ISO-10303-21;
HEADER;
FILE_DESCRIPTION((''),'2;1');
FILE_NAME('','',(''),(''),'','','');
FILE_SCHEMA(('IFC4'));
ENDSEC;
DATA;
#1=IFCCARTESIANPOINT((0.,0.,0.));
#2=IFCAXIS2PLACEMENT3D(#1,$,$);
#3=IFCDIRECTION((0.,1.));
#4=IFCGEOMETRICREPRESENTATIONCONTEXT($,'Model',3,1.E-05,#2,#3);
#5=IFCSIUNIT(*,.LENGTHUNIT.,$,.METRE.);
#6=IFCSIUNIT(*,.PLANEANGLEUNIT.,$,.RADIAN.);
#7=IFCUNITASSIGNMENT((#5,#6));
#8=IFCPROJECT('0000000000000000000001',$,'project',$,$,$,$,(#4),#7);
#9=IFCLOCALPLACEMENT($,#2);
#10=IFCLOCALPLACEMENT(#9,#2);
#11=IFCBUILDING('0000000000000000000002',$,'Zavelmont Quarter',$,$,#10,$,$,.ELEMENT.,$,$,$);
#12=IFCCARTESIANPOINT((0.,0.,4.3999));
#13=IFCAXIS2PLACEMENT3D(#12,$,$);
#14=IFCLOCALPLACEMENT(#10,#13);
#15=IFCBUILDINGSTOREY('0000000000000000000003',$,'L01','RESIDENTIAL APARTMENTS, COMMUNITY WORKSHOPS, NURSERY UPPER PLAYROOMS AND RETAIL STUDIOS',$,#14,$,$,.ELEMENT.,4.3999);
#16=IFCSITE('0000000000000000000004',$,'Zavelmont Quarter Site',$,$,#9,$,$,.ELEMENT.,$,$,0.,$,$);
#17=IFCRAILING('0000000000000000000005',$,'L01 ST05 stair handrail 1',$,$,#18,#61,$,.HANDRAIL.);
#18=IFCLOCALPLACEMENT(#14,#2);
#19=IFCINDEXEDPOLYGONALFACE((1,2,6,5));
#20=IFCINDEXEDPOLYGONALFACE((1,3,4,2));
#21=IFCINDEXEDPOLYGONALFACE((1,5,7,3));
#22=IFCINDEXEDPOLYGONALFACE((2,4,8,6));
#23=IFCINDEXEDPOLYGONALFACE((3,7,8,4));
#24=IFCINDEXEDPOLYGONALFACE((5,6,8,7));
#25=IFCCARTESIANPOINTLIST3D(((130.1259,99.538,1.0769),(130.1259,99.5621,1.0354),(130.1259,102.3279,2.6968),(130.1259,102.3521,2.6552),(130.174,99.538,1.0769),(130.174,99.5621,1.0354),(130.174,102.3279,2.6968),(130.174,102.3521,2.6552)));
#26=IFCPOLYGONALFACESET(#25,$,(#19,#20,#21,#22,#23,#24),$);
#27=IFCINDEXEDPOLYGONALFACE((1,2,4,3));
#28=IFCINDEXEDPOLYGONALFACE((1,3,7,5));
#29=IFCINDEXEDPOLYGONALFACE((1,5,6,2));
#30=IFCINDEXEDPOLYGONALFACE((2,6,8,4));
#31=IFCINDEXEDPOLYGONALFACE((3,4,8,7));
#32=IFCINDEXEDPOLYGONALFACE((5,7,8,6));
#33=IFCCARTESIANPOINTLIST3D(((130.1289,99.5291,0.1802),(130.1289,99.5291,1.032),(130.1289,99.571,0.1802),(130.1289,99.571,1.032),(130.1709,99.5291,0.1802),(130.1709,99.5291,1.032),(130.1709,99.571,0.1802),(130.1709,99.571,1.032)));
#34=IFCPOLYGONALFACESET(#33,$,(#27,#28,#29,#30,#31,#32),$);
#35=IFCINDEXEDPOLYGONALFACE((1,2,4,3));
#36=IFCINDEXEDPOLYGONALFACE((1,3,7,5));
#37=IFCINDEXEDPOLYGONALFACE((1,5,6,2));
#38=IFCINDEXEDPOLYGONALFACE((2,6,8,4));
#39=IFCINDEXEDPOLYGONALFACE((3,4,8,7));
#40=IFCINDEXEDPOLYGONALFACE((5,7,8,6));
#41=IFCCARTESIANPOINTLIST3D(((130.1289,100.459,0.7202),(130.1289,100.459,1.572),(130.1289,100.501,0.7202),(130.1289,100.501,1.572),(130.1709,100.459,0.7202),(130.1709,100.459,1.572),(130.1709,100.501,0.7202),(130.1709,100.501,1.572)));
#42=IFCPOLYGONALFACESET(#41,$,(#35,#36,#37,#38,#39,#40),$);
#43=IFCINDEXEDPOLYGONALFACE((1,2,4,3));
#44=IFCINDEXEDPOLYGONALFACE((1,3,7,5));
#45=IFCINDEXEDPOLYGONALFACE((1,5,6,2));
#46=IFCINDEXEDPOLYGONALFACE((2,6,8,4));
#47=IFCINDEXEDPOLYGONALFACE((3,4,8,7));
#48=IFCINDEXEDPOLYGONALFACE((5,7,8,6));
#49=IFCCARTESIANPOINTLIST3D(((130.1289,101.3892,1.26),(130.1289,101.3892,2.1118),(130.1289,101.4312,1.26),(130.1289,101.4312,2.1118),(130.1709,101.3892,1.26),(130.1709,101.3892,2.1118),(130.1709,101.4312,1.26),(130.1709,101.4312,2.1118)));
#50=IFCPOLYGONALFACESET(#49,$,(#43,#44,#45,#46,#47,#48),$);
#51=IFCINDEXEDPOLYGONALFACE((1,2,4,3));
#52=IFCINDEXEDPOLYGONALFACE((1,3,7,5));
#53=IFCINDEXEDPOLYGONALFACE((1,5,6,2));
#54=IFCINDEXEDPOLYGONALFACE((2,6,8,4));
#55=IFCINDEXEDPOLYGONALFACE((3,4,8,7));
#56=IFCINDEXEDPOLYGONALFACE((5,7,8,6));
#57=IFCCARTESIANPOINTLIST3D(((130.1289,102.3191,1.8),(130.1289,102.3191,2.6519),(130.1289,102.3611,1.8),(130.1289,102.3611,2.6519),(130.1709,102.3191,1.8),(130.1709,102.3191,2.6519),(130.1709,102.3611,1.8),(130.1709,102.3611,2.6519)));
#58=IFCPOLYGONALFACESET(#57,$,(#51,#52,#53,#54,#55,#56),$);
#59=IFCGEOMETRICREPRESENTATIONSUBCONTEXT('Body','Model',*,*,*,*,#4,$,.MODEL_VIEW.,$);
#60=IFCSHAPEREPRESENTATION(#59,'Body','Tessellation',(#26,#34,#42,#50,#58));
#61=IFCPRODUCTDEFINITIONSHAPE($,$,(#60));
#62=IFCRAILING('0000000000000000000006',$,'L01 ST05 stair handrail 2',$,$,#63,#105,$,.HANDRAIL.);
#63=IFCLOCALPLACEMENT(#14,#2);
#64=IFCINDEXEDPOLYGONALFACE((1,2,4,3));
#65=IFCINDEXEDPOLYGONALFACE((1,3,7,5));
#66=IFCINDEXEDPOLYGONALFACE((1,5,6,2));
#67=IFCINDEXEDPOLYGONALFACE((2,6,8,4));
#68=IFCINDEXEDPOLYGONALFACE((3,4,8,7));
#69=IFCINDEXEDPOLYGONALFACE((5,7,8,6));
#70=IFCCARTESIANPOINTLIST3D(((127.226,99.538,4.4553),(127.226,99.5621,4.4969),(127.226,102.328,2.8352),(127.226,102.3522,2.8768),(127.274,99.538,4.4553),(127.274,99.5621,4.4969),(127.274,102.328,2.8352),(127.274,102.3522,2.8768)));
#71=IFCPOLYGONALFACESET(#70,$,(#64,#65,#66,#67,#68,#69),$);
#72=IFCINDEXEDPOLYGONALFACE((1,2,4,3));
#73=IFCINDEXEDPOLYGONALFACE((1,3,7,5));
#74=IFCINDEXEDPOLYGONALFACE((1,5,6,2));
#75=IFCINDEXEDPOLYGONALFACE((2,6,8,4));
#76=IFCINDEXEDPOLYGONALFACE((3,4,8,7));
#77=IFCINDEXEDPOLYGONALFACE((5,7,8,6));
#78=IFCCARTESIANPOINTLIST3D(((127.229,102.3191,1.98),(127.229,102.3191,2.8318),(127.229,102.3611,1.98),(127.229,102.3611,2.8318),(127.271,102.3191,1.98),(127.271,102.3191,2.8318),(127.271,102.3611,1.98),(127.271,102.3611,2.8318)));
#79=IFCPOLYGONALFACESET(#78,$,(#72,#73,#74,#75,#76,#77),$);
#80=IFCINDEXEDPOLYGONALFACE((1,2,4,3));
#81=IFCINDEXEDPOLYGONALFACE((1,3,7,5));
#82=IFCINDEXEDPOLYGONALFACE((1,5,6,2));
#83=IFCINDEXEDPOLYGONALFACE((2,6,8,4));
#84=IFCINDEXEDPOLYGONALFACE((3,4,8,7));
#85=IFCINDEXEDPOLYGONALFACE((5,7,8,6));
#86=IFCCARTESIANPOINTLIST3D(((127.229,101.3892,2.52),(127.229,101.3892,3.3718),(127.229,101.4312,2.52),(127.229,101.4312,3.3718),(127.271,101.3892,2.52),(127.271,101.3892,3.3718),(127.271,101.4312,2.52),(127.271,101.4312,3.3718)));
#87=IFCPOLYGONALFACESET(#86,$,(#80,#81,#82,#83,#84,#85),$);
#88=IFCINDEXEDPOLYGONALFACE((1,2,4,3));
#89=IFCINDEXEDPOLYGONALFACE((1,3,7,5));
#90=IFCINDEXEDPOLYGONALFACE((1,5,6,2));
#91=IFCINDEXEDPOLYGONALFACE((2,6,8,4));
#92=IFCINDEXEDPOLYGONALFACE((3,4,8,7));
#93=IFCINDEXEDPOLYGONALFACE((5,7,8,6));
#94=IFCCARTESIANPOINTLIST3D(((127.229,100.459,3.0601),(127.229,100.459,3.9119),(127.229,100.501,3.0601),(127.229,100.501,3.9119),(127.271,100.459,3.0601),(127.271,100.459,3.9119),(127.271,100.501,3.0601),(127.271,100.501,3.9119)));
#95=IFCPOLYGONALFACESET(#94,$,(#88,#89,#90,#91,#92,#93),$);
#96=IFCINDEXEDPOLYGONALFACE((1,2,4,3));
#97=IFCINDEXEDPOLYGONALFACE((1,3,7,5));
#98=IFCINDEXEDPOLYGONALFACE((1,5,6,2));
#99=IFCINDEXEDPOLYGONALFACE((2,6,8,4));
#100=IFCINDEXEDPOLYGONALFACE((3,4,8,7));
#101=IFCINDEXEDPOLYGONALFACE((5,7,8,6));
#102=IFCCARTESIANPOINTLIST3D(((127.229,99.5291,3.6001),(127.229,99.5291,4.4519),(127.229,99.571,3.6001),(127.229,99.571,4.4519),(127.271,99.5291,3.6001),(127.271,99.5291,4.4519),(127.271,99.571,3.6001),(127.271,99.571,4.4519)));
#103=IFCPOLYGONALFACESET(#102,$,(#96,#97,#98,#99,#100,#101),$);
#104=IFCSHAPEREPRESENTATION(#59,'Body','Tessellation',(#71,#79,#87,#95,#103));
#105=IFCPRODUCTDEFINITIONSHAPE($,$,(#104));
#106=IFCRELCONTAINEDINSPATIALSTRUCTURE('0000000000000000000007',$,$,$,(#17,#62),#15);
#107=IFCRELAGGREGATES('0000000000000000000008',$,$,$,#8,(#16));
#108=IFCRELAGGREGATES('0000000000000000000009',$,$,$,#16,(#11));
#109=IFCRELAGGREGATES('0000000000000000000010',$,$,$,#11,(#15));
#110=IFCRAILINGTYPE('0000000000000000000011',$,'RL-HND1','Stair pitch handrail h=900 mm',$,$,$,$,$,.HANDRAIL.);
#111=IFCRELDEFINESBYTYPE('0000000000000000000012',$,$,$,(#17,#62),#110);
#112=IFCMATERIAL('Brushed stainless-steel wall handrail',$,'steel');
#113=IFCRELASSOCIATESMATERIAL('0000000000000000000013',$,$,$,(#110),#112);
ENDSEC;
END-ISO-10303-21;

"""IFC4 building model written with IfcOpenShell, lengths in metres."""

from ifc_helpers import new_model, si_unit, direction, frame, origin, origin_2d, place, context, subcontext, project, spatial, rectangle, extrude, material, type_object, element, save


model = new_model("IFC4")

# Units and contexts
model_context = context("Model", 3, precision=1e-05, world=origin(), true_north=direction((0.0, 1.0)))
body_context = subcontext(model_context, "Body", "Model", "MODEL_VIEW")
ifc_project = project(units=[si_unit("LENGTHUNIT", "METRE"), si_unit("PLANEANGLEUNIT", "RADIAN")], contexts=[model_context])

# Site, building, storey
site_placement = place(None, origin())
site = spatial("IfcSite", under=ifc_project, at=site_placement, Name="Zavelmont Quarter Site", CompositionType="ELEMENT", RefElevation=0.0)
building_placement = place(site_placement, origin())
building = spatial("IfcBuilding", under=site, at=building_placement, Name="Zavelmont Quarter", CompositionType="ELEMENT")
storey_placement = place(building_placement, frame((0.0, 0.0, 4.3999)))
storey = spatial("IfcBuildingStorey", under=building, at=storey_placement, Name="L01", Description="RESIDENTIAL APARTMENTS, COMMUNITY WORKSHOPS, NURSERY UPPER PLAYROOMS AND RETAIL STUDIOS", CompositionType="ELEMENT", Elevation=4.3999)

# Railings
ifc_material_1 = material(Name="Brushed stainless-steel wall handrail", Category="steel")
railing_type_1 = type_object("IfcRailingType", Name="RL-HND1", Description="Stair pitch handrail h=900 mm", PredefinedType="HANDRAIL", material=ifc_material_1)
railing_1_placement = place(storey_placement, frame((130.1499, 99.55, 0.1802)))
element("IfcRailing", 1, at=railing_1_placement, inside=storey, type_object=railing_type_1, Name="L01 ST05 stair handrail 1", PredefinedType="HANDRAIL", context=body_context, shape_type="SweptSolid", body=[
    extrude(rectangle(XDim=0.0481, YDim=0.0481, at=origin_2d()), frame((0.0, 0.0, 0.876), z_axis=(0.0, 0.864809, 0.502101), x_axis=(-1.0, 0.0, 0.0)), (0.0, 0.0, 1.0), 3.2261),
    extrude(rectangle(XDim=0.042, YDim=0.042, at=origin_2d()), origin(), (0.0, 0.0, 1.0), 0.8518),
    extrude(rectangle(XDim=0.042, YDim=0.042, at=origin_2d()), frame((0.0, 0.9299, 0.54)), (0.0, 0.0, 1.0), 0.8518),
    extrude(rectangle(XDim=0.042, YDim=0.042, at=origin_2d()), frame((0.0, 1.8601, 1.0798)), (0.0, 0.0, 1.0), 0.8518),
    extrude(rectangle(XDim=0.042, YDim=0.042, at=origin_2d()), frame((0.0, 2.79, 1.6199)), (0.0, 0.0, 1.0), 0.8518),
])
railing_2_placement = place(storey_placement, frame((127.25, 102.3401, 1.98)))
element("IfcRailing", 2, at=railing_2_placement, inside=storey, type_object=railing_type_1, Name="L01 ST05 stair handrail 2", PredefinedType="HANDRAIL", context=body_context, shape_type="SweptSolid", body=[
    extrude(rectangle(XDim=0.0481, YDim=0.0481, at=origin_2d()), frame((0.0, 0.0, 0.876), z_axis=(0.0, -0.864776, 0.502157), x_axis=(1.0, 0.0, 0.0)), (0.0, 0.0, 1.0), 3.2263),
    extrude(rectangle(XDim=0.042, YDim=0.042, at=origin_2d()), origin(), (0.0, 0.0, 1.0), 0.8518),
    extrude(rectangle(XDim=0.042, YDim=0.042, at=origin_2d()), frame((0.0, -0.9299, 0.54)), (0.0, 0.0, 1.0), 0.8518),
    extrude(rectangle(XDim=0.042, YDim=0.042, at=origin_2d()), frame((0.0, -1.8601, 1.0801)), (0.0, 0.0, 1.0), 0.8518),
    extrude(rectangle(XDim=0.042, YDim=0.042, at=origin_2d()), frame((0.0, -2.79, 1.6201)), (0.0, 0.0, 1.0), 0.8518),
])

save(model, "model.ifc")
